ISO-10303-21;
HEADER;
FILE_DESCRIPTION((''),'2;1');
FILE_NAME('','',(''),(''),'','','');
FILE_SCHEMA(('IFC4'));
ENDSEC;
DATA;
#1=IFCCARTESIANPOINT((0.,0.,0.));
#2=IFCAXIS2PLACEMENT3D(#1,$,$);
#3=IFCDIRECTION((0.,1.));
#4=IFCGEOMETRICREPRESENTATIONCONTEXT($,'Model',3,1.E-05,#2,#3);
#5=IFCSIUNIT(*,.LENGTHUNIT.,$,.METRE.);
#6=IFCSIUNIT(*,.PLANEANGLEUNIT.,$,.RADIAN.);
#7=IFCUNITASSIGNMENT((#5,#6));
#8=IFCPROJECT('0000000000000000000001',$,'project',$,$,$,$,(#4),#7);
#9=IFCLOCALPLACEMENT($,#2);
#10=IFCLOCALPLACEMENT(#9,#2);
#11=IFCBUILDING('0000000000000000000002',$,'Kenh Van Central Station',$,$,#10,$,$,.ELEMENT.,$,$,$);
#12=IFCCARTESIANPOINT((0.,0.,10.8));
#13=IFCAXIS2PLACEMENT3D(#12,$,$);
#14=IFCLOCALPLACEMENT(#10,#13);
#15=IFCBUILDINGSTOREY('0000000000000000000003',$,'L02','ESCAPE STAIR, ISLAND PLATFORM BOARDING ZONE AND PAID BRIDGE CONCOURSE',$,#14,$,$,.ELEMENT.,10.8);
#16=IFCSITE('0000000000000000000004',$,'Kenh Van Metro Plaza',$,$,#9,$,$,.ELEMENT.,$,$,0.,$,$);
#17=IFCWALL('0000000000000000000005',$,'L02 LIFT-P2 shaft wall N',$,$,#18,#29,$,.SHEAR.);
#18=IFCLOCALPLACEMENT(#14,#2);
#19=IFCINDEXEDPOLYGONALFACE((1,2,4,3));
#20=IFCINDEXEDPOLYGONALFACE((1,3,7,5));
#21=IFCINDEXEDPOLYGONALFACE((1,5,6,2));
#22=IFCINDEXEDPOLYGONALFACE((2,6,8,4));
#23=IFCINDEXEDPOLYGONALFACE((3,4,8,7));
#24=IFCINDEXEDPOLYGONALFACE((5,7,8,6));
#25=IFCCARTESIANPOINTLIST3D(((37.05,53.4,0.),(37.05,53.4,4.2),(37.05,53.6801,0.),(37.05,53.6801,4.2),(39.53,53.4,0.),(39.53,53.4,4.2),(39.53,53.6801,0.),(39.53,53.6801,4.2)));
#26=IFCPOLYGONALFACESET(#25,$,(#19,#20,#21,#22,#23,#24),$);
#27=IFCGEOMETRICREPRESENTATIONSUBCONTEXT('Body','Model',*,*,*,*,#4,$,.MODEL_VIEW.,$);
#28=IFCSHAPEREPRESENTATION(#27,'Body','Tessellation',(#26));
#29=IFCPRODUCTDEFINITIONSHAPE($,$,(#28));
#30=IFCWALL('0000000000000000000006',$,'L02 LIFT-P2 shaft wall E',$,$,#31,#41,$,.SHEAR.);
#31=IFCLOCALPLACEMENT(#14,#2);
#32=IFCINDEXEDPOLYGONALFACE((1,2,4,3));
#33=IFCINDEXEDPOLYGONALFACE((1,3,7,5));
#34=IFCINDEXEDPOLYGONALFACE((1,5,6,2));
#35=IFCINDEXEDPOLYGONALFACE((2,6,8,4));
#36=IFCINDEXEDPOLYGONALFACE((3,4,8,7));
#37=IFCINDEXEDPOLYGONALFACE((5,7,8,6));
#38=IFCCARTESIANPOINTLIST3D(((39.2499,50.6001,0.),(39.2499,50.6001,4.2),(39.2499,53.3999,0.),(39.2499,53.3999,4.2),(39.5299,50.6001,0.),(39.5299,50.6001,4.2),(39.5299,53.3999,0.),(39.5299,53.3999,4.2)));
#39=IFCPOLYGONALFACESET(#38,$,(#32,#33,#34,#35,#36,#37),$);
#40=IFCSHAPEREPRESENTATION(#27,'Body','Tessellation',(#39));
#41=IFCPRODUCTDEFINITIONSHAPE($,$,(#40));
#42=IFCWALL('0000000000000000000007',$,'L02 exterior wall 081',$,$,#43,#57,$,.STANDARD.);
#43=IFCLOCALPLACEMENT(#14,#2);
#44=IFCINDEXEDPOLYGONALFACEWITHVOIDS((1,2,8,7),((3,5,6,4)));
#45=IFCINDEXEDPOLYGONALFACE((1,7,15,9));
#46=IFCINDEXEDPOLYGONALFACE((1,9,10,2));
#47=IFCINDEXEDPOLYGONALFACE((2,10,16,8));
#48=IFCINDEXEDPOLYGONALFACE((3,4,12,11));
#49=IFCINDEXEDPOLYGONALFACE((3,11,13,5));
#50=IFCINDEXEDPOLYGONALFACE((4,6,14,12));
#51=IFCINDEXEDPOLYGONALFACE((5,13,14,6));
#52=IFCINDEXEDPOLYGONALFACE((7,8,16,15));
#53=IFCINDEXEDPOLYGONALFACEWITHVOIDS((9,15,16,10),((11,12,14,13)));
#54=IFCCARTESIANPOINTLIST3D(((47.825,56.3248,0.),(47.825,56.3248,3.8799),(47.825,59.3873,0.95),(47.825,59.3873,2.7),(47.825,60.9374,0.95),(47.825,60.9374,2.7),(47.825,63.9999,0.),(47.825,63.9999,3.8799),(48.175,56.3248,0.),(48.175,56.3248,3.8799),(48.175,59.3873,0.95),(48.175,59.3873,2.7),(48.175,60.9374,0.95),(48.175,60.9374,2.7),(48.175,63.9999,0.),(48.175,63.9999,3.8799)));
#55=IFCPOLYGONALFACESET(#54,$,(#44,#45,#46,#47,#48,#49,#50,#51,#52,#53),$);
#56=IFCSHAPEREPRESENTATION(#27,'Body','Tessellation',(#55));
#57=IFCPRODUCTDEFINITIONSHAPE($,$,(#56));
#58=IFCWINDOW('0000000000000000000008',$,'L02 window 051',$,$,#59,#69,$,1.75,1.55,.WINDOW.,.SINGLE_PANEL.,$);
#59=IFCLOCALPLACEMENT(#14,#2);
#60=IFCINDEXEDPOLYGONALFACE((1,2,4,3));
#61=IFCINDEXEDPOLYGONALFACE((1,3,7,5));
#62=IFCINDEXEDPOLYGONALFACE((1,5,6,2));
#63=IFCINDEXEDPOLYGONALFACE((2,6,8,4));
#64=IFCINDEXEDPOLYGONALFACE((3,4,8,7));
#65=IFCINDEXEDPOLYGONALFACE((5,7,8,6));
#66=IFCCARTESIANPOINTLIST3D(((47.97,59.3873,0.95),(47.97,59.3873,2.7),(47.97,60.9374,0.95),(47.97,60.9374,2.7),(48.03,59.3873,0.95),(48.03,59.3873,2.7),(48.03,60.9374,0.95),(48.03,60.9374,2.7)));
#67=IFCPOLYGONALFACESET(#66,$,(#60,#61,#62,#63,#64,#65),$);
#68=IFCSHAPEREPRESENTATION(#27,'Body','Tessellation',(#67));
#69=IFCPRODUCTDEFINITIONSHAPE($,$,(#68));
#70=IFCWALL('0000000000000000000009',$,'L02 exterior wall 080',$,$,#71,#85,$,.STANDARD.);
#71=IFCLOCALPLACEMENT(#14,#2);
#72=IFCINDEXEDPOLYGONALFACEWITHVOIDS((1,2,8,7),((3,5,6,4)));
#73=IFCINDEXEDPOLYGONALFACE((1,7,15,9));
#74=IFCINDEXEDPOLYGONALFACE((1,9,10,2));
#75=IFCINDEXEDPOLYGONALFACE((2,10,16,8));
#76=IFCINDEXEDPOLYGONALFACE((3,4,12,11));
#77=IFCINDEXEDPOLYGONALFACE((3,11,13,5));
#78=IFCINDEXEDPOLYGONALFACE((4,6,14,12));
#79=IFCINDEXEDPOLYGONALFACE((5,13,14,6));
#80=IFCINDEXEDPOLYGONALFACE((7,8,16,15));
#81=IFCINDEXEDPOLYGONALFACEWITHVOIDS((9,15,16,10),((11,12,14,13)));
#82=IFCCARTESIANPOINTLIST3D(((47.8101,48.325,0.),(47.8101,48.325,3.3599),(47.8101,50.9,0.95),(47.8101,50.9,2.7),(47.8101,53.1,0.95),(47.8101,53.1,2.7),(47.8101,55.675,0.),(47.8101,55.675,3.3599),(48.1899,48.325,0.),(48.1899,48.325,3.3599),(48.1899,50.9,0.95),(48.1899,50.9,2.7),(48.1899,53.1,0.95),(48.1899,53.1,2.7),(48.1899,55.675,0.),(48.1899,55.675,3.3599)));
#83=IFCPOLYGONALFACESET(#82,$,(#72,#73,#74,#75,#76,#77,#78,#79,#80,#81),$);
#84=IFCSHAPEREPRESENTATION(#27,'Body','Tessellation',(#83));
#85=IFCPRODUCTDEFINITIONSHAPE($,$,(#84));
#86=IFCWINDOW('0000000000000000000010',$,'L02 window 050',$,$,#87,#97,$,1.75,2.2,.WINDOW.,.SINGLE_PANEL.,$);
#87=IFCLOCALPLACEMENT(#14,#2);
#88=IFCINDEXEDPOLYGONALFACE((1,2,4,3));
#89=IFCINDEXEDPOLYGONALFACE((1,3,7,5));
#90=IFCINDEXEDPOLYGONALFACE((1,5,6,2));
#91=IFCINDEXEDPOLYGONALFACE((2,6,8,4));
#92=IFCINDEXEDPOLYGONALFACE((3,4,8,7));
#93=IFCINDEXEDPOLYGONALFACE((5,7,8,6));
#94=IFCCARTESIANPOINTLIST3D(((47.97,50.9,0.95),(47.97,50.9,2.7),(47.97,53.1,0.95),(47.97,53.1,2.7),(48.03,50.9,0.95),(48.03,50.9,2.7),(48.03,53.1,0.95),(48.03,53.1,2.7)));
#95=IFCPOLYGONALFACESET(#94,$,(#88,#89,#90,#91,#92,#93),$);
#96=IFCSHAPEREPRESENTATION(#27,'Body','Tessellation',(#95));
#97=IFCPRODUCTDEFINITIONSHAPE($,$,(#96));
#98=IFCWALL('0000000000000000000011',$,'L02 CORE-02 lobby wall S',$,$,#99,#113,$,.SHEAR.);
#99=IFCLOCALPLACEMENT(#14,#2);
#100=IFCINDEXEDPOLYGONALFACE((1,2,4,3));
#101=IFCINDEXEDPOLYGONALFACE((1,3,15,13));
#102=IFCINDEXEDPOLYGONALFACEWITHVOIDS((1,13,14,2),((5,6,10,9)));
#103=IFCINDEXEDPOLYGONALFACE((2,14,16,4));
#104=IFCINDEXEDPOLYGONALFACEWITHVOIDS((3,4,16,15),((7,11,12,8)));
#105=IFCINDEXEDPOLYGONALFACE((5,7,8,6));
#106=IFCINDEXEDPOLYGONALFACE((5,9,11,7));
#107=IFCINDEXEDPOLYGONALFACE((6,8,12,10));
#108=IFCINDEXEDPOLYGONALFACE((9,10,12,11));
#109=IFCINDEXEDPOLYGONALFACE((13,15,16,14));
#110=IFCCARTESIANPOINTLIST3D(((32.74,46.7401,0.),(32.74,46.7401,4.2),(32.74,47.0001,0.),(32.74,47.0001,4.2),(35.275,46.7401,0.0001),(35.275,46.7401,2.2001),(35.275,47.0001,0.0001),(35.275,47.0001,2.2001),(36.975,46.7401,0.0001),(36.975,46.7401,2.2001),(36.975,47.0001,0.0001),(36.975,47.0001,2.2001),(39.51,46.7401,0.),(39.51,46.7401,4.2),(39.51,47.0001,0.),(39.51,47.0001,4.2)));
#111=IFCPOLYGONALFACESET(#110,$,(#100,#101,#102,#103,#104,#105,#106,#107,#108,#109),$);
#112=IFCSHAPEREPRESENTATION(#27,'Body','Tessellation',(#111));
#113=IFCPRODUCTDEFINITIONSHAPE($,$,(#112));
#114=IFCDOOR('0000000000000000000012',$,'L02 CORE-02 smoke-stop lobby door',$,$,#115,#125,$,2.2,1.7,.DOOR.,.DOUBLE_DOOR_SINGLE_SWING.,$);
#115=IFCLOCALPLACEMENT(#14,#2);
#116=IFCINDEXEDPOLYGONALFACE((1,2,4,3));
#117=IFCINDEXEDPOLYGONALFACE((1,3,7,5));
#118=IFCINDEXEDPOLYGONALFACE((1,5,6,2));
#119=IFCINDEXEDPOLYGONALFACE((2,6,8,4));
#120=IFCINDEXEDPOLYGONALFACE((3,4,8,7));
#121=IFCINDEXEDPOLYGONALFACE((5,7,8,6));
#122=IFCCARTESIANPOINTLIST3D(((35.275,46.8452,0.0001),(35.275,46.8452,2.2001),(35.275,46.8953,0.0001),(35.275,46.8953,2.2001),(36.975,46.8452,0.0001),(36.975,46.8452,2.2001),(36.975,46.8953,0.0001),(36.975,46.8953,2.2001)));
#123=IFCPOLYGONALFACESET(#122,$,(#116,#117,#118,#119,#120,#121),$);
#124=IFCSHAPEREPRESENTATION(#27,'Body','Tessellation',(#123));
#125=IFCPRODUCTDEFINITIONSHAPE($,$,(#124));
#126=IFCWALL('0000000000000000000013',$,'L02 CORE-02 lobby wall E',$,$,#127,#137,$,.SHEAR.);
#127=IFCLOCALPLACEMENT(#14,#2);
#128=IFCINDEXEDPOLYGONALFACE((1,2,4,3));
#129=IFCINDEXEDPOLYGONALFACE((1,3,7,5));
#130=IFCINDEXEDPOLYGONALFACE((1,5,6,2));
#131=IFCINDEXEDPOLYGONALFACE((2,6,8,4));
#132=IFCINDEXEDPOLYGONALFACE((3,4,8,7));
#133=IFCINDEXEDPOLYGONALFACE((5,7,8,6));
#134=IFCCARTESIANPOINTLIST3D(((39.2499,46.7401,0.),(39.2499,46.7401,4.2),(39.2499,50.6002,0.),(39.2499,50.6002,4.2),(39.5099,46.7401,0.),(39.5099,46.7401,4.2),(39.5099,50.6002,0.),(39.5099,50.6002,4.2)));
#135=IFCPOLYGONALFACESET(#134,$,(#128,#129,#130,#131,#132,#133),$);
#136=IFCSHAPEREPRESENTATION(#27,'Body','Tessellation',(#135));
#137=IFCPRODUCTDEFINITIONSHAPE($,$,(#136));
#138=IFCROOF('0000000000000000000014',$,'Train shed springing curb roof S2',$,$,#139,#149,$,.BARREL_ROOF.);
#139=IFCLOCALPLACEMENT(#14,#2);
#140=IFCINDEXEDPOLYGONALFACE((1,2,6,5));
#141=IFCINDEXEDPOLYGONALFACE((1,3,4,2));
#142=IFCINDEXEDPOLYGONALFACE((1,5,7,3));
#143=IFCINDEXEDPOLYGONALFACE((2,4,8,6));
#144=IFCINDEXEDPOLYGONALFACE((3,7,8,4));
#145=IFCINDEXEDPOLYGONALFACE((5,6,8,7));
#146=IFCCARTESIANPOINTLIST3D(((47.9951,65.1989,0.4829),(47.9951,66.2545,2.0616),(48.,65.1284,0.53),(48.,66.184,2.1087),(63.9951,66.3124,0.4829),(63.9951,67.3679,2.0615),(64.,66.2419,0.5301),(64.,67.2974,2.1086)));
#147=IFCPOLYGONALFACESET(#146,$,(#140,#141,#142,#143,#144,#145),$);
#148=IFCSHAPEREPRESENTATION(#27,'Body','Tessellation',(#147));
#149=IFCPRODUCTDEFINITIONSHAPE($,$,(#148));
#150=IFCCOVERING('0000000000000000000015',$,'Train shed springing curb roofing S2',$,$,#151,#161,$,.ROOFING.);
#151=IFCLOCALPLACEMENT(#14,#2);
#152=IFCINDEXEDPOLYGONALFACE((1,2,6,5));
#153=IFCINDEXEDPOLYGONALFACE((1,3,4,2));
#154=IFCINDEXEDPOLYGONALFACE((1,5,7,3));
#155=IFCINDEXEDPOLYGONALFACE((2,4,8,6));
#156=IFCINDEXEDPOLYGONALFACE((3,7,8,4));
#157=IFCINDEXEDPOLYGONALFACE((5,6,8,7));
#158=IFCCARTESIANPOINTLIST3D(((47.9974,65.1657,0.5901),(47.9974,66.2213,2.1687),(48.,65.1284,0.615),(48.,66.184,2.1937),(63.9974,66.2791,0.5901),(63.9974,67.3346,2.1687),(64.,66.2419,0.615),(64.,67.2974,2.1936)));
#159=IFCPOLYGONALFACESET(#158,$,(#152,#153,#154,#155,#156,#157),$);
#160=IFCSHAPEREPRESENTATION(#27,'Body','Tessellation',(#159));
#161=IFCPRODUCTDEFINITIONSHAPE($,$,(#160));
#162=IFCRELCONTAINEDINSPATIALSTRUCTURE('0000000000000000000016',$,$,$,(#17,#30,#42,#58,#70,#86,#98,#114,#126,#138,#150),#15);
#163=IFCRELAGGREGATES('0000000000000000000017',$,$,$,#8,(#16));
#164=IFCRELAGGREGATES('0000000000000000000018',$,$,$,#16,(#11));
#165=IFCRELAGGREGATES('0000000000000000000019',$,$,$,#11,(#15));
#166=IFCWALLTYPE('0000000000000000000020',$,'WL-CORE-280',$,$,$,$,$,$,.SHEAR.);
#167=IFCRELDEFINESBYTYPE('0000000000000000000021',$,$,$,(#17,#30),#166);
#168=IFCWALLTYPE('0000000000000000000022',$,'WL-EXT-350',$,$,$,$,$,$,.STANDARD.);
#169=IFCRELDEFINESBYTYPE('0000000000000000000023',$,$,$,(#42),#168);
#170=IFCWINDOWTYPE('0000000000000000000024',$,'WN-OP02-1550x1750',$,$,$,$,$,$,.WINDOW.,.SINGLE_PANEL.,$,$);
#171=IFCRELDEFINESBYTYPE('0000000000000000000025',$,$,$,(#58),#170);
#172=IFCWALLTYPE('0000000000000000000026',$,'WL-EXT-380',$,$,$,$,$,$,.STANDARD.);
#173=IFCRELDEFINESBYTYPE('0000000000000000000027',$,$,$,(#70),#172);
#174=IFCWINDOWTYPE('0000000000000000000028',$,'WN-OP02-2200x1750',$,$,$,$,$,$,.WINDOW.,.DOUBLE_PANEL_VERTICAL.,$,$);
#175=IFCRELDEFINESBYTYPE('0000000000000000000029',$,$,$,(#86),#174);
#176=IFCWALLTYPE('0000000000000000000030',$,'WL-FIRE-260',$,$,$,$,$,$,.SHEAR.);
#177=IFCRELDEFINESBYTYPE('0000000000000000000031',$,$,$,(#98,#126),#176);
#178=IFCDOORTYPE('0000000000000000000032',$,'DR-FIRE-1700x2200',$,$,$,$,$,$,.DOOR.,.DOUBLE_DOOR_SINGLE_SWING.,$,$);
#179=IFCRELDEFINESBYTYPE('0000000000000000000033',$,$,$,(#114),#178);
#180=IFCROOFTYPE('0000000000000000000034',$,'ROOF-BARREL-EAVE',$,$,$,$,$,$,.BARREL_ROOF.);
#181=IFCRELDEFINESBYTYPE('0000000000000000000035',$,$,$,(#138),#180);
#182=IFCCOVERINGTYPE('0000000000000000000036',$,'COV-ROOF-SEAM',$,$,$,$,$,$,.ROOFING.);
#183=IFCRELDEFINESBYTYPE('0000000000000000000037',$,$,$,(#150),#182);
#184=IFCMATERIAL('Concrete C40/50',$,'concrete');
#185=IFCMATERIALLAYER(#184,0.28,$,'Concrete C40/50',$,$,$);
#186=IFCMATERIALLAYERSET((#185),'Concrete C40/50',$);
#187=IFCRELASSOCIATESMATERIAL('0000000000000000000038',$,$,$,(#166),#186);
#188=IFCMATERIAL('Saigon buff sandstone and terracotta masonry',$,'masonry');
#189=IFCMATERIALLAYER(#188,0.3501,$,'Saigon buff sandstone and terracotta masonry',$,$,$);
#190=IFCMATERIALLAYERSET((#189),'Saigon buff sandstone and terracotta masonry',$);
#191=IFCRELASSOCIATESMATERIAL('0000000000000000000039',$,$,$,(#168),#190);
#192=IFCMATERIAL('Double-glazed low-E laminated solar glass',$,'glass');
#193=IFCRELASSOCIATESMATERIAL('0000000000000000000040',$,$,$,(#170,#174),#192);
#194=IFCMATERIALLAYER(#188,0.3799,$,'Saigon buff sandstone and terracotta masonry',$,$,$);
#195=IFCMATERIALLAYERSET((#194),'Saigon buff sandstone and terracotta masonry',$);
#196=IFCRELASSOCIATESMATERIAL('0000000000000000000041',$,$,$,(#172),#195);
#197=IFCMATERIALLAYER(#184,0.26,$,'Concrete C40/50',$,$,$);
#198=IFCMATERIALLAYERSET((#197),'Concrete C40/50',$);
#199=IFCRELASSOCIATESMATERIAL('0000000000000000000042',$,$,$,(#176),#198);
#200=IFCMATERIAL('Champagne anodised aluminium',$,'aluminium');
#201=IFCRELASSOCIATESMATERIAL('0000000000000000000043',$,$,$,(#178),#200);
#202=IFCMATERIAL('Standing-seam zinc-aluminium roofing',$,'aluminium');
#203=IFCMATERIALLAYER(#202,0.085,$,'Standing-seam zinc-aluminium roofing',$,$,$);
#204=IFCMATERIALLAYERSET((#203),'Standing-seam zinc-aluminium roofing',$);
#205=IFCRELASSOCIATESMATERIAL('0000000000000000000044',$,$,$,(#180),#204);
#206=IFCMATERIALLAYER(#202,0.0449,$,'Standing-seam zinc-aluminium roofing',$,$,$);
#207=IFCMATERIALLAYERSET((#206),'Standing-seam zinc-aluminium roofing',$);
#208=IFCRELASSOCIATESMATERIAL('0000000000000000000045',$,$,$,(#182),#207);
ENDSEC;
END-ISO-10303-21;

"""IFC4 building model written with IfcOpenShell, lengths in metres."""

from ifc_helpers import new_model, si_unit, direction, frame, frame_2d, origin, place, context, subcontext, project, spatial, polyline, rectangle, outline, extrude, material, layer, layer_set, type_object, element, fill, save


model = new_model("IFC4")

# Units and contexts
model_context = context("Model", 3, precision=1e-05, world=origin(), true_north=direction((0.0, 1.0)))
body_context = subcontext(model_context, "Body", "Model", "MODEL_VIEW")
ifc_project = project(units=[si_unit("LENGTHUNIT", "METRE"), si_unit("PLANEANGLEUNIT", "RADIAN")], contexts=[model_context])

# Site, building, storey
site_placement = place(None, origin())
site = spatial("IfcSite", under=ifc_project, at=site_placement, Name="Kenh Van Metro Plaza", CompositionType="ELEMENT", RefElevation=0.0)
building_placement = place(site_placement, origin())
building = spatial("IfcBuilding", under=site, at=building_placement, Name="Kenh Van Central Station", CompositionType="ELEMENT")
storey_placement = place(building_placement, frame((0.0, 0.0, 10.8)))
storey = spatial("IfcBuildingStorey", under=building, at=storey_placement, Name="L02", Description="ESCAPE STAIR, ISLAND PLATFORM BOARDING ZONE AND PAID BRIDGE CONCOURSE", CompositionType="ELEMENT", Elevation=10.8)

# Shared definitions
ifc_material_1 = material(Name="Double-glazed low-E laminated solar glass", Category="glass")

# Shared definitions
ifc_material_2 = material(Name="Concrete C40/50", Category="concrete")
ifc_layer_1 = layer(ifc_material_2, 0.28, Name="Concrete C40/50")
ifc_layer_set_1 = layer_set([ifc_layer_1], Name="Concrete C40/50")
wall_type_1 = type_object("IfcWallType", Name="WL-CORE-280", PredefinedType="SHEAR", material=ifc_layer_set_1)
ifc_material_3 = material(Name="Champagne anodised aluminium", Category="aluminium")

# Walls
wall_1_placement = place(storey_placement, frame((37.05, 53.54, 0.0), z_axis=(0.0, 0.0, 1.0), x_axis=(1.0, 0.0, 0.0)))
element("IfcWall", 1, at=wall_1_placement, inside=storey, type_object=wall_type_1, Name="L02 LIFT-P2 shaft wall N", PredefinedType="SHEAR", context=body_context, shape_type="SweptSolid", body=[
    extrude(rectangle(XDim=2.48, YDim=0.28, at=frame_2d((1.24, 0.0))), origin(), (0.0, 0.0, 1.0), 4.2),
])
wall_2_placement = place(storey_placement, frame((39.3899, 50.6001, 0.0), z_axis=(0.0, 0.0, 1.0), x_axis=(0.0, 1.0, 0.0)))
element("IfcWall", 2, at=wall_2_placement, inside=storey, type_object=wall_type_1, Name="L02 LIFT-P2 shaft wall E", PredefinedType="SHEAR", context=body_context, shape_type="SweptSolid", body=[
    extrude(rectangle(XDim=2.7998, YDim=0.28, at=frame_2d((1.3999, 0.0))), origin(), (0.0, 0.0, 1.0), 4.2),
])

# Walls, openings, windows
ifc_material_4 = material(Name="Saigon buff sandstone and terracotta masonry", Category="masonry")
ifc_layer_2 = layer(ifc_material_4, 0.3501, Name="Saigon buff sandstone and terracotta masonry")
ifc_layer_set_2 = layer_set([ifc_layer_2], Name="Saigon buff sandstone and terracotta masonry")
wall_type_2 = type_object("IfcWallType", Name="WL-EXT-350", PredefinedType="STANDARD", material=ifc_layer_set_2)
wall_3_placement = place(storey_placement, frame((48.0, 56.325, 0.0), z_axis=(0.0, 0.0, 1.0), x_axis=(0.0, 1.0, 0.0)))
wall_3 = element("IfcWall", 3, at=wall_3_placement, inside=storey, type_object=wall_type_2, Name="L02 exterior wall 081", PredefinedType="STANDARD", context=body_context, shape_type="SweptSolid", body=[
    extrude(rectangle(XDim=7.675, YDim=0.3501, at=frame_2d((3.8374, 0.0))), origin(), (0.0, 0.0, 1.0), 3.8799),
])
opening_1_placement = place(wall_3_placement, frame((3.0625, 0.0, 0.95)))
opening_1 = element("IfcOpeningElement", 4, at=opening_1_placement, cuts=wall_3, PredefinedType="OPENING", context=body_context, shape_type="SweptSolid", body=[
    extrude(rectangle(XDim=1.55, YDim=1.75, at=frame_2d((0.7749, 0.875))), frame((0.0, 0.1851, 0.0), z_axis=(0.0, -1.0, 0.0), x_axis=(1.0, 0.0, 0.0)), (0.0, 0.0, 1.0), 0.3701),
])
window_type_1 = type_object("IfcWindowType", Name="WN-OP02-1550x1750", PartitioningType="SINGLE_PANEL", PredefinedType="WINDOW", material=ifc_material_1)
window_1_placement = place(opening_1_placement, origin())
window_1 = element("IfcWindow", 5, at=window_1_placement, inside=storey, type_object=window_type_1, Name="L02 window 051", OverallHeight=1.75, OverallWidth=1.55, PartitioningType="SINGLE_PANEL", PredefinedType="WINDOW", context=body_context, shape_type="SweptSolid", body=[
    extrude(rectangle(XDim=1.55, YDim=1.75, at=frame_2d((0.7749, 0.875))), frame((0.0, 0.03, 0.0), z_axis=(0.0, -1.0, 0.0), x_axis=(1.0, 0.0, 0.0)), (0.0, 0.0, 1.0), 0.0601),
])
fill(opening_1, window_1)
ifc_layer_3 = layer(ifc_material_4, 0.3799, Name="Saigon buff sandstone and terracotta masonry")
ifc_layer_set_3 = layer_set([ifc_layer_3], Name="Saigon buff sandstone and terracotta masonry")
wall_type_3 = type_object("IfcWallType", Name="WL-EXT-380", PredefinedType="STANDARD", material=ifc_layer_set_3)
wall_4_placement = place(storey_placement, frame((48.0, 48.325, 0.0), z_axis=(0.0, 0.0, 1.0), x_axis=(0.0, 1.0, 0.0)))
wall_4 = element("IfcWall", 6, at=wall_4_placement, inside=storey, type_object=wall_type_3, Name="L02 exterior wall 080", PredefinedType="STANDARD", context=body_context, shape_type="SweptSolid", body=[
    extrude(rectangle(XDim=7.3501, YDim=0.3799, at=frame_2d((3.675, 0.0))), origin(), (0.0, 0.0, 1.0), 3.3599),
])
opening_2_placement = place(wall_4_placement, frame((2.575, 0.0, 0.95)))
opening_2 = element("IfcOpeningElement", 7, at=opening_2_placement, cuts=wall_4, PredefinedType="OPENING", context=body_context, shape_type="SweptSolid", body=[
    extrude(rectangle(XDim=2.2, YDim=1.75, at=frame_2d((1.1001, 0.875))), frame((0.0, 0.2, 0.0), z_axis=(0.0, -1.0, 0.0), x_axis=(1.0, 0.0, 0.0)), (0.0, 0.0, 1.0), 0.3999),
])
window_type_2 = type_object("IfcWindowType", Name="WN-OP02-2200x1750", PartitioningType="DOUBLE_PANEL_VERTICAL", PredefinedType="WINDOW", material=ifc_material_1)
window_2_placement = place(opening_2_placement, origin())
window_2 = element("IfcWindow", 8, at=window_2_placement, inside=storey, type_object=window_type_2, Name="L02 window 050", OverallHeight=1.75, OverallWidth=2.2, PartitioningType="SINGLE_PANEL", PredefinedType="WINDOW", context=body_context, shape_type="SweptSolid", body=[
    extrude(rectangle(XDim=2.2, YDim=1.75, at=frame_2d((1.1001, 0.875))), frame((0.0, 0.03, 0.0), z_axis=(0.0, -1.0, 0.0), x_axis=(1.0, 0.0, 0.0)), (0.0, 0.0, 1.0), 0.0601),
])
fill(opening_2, window_2)

# Wall, opening, door
ifc_layer_4 = layer(ifc_material_2, 0.26, Name="Concrete C40/50")
ifc_layer_set_4 = layer_set([ifc_layer_4], Name="Concrete C40/50")
wall_type_4 = type_object("IfcWallType", Name="WL-FIRE-260", PredefinedType="SHEAR", material=ifc_layer_set_4)
wall_5_placement = place(storey_placement, frame((39.51, 46.8701, 0.0), z_axis=(0.0, 0.0, 1.0), x_axis=(-1.0, 0.0, 0.0)))
wall_5 = element("IfcWall", 9, at=wall_5_placement, inside=storey, type_object=wall_type_4, Name="L02 CORE-02 lobby wall S", PredefinedType="SHEAR", context=body_context, shape_type="SweptSolid", body=[
    extrude(rectangle(XDim=6.77, YDim=0.26, at=frame_2d((3.385, 0.0))), origin(), (0.0, 0.0, 1.0), 4.2),
])
opening_3_placement = place(wall_5_placement, frame((2.5349, 0.0, 0.0)))
opening_3 = element("IfcOpeningElement", 10, at=opening_3_placement, cuts=wall_5, PredefinedType="OPENING", context=body_context, shape_type="SweptSolid", body=[
    extrude(rectangle(XDim=1.7, YDim=2.2, at=frame_2d((0.8501, 1.1001))), frame((0.0, 0.1399, 0.0), z_axis=(0.0, -1.0, 0.0), x_axis=(1.0, 0.0, 0.0)), (0.0, 0.0, 1.0), 0.28),
])
door_type_1 = type_object("IfcDoorType", Name="DR-FIRE-1700x2200", OperationType="DOUBLE_DOOR_SINGLE_SWING", PredefinedType="DOOR", material=ifc_material_3)
door_1_placement = place(opening_3_placement, origin())
door_1 = element("IfcDoor", 11, at=door_1_placement, inside=storey, type_object=door_type_1, Name="L02 CORE-02 smoke-stop lobby door", OperationType="DOUBLE_DOOR_SINGLE_SWING", OverallHeight=2.2, OverallWidth=1.7, PredefinedType="DOOR", context=body_context, shape_type="SweptSolid", body=[
    extrude(rectangle(XDim=1.7, YDim=2.2, at=frame_2d((0.8501, 1.1001))), frame((0.0, 0.0249, 0.0), z_axis=(0.0, -1.0, 0.0), x_axis=(1.0, 0.0, 0.0)), (0.0, 0.0, 1.0), 0.05),
])
fill(opening_3, door_1)

# Wall
wall_6_placement = place(storey_placement, frame((39.3799, 46.74, 0.0), z_axis=(0.0, 0.0, 1.0), x_axis=(0.0, 1.0, 0.0)))
element("IfcWall", 12, at=wall_6_placement, inside=storey, type_object=wall_type_4, Name="L02 CORE-02 lobby wall E", PredefinedType="SHEAR", context=body_context, shape_type="SweptSolid", body=[
    extrude(rectangle(XDim=3.8601, YDim=0.26, at=frame_2d((1.9302, 0.0))), origin(), (0.0, 0.0, 1.0), 4.2),
])

# Roof
ifc_material_5 = material(Name="Standing-seam zinc-aluminium roofing", Category="aluminium")
ifc_layer_5 = layer(ifc_material_5, 0.085, Name="Standing-seam zinc-aluminium roofing")
ifc_layer_set_5 = layer_set([ifc_layer_5], Name="Standing-seam zinc-aluminium roofing")
roof_type = type_object("IfcRoofType", Name="ROOF-BARREL-EAVE", PredefinedType="BARREL_ROOF", material=ifc_layer_set_5)
roof_placement = place(storey_placement, frame((48.0, 65.1284, 0.53), z_axis=(0.057751, -0.829901, 0.554914), x_axis=(0.997587, 0.069422, 0.000004)))
element("IfcRoof", 13, at=roof_placement, inside=storey, type_object=roof_type, Name="Train shed springing curb roof S2", PredefinedType="BARREL_ROOF", context=body_context, shape_type="SweptSolid", body=[
    extrude(outline(polyline([(0.0, 0.0), (16.0387, 0.0), (16.112, 1.8975), (0.0733, 1.8976), (0.0, 0.0)])), origin(), (0.0, 0.0, -1.0), 0.085),
])

# Covering
ifc_layer_6 = layer(ifc_material_5, 0.0449, Name="Standing-seam zinc-aluminium roofing")
ifc_layer_set_6 = layer_set([ifc_layer_6], Name="Standing-seam zinc-aluminium roofing")
covering_type = type_object("IfcCoveringType", Name="COV-ROOF-SEAM", PredefinedType="ROOFING", material=ifc_layer_set_6)
covering_placement = place(storey_placement, frame((48.0, 65.1284, 0.615), z_axis=(0.057751, -0.829901, 0.554914), x_axis=(0.997587, 0.069422, 0.000004)))
element("IfcCovering", 14, at=covering_placement, inside=storey, type_object=covering_type, Name="Train shed springing curb roofing S2", PredefinedType="ROOFING", context=body_context, shape_type="SweptSolid", body=[
    extrude(outline(polyline([(0.0, 0.0), (16.0387, 0.0), (16.112, 1.8975), (0.0733, 1.8976), (0.0, 0.0)])), origin(), (0.0, 0.0, -1.0), 0.0449),
])

save(model, "model.ifc")
